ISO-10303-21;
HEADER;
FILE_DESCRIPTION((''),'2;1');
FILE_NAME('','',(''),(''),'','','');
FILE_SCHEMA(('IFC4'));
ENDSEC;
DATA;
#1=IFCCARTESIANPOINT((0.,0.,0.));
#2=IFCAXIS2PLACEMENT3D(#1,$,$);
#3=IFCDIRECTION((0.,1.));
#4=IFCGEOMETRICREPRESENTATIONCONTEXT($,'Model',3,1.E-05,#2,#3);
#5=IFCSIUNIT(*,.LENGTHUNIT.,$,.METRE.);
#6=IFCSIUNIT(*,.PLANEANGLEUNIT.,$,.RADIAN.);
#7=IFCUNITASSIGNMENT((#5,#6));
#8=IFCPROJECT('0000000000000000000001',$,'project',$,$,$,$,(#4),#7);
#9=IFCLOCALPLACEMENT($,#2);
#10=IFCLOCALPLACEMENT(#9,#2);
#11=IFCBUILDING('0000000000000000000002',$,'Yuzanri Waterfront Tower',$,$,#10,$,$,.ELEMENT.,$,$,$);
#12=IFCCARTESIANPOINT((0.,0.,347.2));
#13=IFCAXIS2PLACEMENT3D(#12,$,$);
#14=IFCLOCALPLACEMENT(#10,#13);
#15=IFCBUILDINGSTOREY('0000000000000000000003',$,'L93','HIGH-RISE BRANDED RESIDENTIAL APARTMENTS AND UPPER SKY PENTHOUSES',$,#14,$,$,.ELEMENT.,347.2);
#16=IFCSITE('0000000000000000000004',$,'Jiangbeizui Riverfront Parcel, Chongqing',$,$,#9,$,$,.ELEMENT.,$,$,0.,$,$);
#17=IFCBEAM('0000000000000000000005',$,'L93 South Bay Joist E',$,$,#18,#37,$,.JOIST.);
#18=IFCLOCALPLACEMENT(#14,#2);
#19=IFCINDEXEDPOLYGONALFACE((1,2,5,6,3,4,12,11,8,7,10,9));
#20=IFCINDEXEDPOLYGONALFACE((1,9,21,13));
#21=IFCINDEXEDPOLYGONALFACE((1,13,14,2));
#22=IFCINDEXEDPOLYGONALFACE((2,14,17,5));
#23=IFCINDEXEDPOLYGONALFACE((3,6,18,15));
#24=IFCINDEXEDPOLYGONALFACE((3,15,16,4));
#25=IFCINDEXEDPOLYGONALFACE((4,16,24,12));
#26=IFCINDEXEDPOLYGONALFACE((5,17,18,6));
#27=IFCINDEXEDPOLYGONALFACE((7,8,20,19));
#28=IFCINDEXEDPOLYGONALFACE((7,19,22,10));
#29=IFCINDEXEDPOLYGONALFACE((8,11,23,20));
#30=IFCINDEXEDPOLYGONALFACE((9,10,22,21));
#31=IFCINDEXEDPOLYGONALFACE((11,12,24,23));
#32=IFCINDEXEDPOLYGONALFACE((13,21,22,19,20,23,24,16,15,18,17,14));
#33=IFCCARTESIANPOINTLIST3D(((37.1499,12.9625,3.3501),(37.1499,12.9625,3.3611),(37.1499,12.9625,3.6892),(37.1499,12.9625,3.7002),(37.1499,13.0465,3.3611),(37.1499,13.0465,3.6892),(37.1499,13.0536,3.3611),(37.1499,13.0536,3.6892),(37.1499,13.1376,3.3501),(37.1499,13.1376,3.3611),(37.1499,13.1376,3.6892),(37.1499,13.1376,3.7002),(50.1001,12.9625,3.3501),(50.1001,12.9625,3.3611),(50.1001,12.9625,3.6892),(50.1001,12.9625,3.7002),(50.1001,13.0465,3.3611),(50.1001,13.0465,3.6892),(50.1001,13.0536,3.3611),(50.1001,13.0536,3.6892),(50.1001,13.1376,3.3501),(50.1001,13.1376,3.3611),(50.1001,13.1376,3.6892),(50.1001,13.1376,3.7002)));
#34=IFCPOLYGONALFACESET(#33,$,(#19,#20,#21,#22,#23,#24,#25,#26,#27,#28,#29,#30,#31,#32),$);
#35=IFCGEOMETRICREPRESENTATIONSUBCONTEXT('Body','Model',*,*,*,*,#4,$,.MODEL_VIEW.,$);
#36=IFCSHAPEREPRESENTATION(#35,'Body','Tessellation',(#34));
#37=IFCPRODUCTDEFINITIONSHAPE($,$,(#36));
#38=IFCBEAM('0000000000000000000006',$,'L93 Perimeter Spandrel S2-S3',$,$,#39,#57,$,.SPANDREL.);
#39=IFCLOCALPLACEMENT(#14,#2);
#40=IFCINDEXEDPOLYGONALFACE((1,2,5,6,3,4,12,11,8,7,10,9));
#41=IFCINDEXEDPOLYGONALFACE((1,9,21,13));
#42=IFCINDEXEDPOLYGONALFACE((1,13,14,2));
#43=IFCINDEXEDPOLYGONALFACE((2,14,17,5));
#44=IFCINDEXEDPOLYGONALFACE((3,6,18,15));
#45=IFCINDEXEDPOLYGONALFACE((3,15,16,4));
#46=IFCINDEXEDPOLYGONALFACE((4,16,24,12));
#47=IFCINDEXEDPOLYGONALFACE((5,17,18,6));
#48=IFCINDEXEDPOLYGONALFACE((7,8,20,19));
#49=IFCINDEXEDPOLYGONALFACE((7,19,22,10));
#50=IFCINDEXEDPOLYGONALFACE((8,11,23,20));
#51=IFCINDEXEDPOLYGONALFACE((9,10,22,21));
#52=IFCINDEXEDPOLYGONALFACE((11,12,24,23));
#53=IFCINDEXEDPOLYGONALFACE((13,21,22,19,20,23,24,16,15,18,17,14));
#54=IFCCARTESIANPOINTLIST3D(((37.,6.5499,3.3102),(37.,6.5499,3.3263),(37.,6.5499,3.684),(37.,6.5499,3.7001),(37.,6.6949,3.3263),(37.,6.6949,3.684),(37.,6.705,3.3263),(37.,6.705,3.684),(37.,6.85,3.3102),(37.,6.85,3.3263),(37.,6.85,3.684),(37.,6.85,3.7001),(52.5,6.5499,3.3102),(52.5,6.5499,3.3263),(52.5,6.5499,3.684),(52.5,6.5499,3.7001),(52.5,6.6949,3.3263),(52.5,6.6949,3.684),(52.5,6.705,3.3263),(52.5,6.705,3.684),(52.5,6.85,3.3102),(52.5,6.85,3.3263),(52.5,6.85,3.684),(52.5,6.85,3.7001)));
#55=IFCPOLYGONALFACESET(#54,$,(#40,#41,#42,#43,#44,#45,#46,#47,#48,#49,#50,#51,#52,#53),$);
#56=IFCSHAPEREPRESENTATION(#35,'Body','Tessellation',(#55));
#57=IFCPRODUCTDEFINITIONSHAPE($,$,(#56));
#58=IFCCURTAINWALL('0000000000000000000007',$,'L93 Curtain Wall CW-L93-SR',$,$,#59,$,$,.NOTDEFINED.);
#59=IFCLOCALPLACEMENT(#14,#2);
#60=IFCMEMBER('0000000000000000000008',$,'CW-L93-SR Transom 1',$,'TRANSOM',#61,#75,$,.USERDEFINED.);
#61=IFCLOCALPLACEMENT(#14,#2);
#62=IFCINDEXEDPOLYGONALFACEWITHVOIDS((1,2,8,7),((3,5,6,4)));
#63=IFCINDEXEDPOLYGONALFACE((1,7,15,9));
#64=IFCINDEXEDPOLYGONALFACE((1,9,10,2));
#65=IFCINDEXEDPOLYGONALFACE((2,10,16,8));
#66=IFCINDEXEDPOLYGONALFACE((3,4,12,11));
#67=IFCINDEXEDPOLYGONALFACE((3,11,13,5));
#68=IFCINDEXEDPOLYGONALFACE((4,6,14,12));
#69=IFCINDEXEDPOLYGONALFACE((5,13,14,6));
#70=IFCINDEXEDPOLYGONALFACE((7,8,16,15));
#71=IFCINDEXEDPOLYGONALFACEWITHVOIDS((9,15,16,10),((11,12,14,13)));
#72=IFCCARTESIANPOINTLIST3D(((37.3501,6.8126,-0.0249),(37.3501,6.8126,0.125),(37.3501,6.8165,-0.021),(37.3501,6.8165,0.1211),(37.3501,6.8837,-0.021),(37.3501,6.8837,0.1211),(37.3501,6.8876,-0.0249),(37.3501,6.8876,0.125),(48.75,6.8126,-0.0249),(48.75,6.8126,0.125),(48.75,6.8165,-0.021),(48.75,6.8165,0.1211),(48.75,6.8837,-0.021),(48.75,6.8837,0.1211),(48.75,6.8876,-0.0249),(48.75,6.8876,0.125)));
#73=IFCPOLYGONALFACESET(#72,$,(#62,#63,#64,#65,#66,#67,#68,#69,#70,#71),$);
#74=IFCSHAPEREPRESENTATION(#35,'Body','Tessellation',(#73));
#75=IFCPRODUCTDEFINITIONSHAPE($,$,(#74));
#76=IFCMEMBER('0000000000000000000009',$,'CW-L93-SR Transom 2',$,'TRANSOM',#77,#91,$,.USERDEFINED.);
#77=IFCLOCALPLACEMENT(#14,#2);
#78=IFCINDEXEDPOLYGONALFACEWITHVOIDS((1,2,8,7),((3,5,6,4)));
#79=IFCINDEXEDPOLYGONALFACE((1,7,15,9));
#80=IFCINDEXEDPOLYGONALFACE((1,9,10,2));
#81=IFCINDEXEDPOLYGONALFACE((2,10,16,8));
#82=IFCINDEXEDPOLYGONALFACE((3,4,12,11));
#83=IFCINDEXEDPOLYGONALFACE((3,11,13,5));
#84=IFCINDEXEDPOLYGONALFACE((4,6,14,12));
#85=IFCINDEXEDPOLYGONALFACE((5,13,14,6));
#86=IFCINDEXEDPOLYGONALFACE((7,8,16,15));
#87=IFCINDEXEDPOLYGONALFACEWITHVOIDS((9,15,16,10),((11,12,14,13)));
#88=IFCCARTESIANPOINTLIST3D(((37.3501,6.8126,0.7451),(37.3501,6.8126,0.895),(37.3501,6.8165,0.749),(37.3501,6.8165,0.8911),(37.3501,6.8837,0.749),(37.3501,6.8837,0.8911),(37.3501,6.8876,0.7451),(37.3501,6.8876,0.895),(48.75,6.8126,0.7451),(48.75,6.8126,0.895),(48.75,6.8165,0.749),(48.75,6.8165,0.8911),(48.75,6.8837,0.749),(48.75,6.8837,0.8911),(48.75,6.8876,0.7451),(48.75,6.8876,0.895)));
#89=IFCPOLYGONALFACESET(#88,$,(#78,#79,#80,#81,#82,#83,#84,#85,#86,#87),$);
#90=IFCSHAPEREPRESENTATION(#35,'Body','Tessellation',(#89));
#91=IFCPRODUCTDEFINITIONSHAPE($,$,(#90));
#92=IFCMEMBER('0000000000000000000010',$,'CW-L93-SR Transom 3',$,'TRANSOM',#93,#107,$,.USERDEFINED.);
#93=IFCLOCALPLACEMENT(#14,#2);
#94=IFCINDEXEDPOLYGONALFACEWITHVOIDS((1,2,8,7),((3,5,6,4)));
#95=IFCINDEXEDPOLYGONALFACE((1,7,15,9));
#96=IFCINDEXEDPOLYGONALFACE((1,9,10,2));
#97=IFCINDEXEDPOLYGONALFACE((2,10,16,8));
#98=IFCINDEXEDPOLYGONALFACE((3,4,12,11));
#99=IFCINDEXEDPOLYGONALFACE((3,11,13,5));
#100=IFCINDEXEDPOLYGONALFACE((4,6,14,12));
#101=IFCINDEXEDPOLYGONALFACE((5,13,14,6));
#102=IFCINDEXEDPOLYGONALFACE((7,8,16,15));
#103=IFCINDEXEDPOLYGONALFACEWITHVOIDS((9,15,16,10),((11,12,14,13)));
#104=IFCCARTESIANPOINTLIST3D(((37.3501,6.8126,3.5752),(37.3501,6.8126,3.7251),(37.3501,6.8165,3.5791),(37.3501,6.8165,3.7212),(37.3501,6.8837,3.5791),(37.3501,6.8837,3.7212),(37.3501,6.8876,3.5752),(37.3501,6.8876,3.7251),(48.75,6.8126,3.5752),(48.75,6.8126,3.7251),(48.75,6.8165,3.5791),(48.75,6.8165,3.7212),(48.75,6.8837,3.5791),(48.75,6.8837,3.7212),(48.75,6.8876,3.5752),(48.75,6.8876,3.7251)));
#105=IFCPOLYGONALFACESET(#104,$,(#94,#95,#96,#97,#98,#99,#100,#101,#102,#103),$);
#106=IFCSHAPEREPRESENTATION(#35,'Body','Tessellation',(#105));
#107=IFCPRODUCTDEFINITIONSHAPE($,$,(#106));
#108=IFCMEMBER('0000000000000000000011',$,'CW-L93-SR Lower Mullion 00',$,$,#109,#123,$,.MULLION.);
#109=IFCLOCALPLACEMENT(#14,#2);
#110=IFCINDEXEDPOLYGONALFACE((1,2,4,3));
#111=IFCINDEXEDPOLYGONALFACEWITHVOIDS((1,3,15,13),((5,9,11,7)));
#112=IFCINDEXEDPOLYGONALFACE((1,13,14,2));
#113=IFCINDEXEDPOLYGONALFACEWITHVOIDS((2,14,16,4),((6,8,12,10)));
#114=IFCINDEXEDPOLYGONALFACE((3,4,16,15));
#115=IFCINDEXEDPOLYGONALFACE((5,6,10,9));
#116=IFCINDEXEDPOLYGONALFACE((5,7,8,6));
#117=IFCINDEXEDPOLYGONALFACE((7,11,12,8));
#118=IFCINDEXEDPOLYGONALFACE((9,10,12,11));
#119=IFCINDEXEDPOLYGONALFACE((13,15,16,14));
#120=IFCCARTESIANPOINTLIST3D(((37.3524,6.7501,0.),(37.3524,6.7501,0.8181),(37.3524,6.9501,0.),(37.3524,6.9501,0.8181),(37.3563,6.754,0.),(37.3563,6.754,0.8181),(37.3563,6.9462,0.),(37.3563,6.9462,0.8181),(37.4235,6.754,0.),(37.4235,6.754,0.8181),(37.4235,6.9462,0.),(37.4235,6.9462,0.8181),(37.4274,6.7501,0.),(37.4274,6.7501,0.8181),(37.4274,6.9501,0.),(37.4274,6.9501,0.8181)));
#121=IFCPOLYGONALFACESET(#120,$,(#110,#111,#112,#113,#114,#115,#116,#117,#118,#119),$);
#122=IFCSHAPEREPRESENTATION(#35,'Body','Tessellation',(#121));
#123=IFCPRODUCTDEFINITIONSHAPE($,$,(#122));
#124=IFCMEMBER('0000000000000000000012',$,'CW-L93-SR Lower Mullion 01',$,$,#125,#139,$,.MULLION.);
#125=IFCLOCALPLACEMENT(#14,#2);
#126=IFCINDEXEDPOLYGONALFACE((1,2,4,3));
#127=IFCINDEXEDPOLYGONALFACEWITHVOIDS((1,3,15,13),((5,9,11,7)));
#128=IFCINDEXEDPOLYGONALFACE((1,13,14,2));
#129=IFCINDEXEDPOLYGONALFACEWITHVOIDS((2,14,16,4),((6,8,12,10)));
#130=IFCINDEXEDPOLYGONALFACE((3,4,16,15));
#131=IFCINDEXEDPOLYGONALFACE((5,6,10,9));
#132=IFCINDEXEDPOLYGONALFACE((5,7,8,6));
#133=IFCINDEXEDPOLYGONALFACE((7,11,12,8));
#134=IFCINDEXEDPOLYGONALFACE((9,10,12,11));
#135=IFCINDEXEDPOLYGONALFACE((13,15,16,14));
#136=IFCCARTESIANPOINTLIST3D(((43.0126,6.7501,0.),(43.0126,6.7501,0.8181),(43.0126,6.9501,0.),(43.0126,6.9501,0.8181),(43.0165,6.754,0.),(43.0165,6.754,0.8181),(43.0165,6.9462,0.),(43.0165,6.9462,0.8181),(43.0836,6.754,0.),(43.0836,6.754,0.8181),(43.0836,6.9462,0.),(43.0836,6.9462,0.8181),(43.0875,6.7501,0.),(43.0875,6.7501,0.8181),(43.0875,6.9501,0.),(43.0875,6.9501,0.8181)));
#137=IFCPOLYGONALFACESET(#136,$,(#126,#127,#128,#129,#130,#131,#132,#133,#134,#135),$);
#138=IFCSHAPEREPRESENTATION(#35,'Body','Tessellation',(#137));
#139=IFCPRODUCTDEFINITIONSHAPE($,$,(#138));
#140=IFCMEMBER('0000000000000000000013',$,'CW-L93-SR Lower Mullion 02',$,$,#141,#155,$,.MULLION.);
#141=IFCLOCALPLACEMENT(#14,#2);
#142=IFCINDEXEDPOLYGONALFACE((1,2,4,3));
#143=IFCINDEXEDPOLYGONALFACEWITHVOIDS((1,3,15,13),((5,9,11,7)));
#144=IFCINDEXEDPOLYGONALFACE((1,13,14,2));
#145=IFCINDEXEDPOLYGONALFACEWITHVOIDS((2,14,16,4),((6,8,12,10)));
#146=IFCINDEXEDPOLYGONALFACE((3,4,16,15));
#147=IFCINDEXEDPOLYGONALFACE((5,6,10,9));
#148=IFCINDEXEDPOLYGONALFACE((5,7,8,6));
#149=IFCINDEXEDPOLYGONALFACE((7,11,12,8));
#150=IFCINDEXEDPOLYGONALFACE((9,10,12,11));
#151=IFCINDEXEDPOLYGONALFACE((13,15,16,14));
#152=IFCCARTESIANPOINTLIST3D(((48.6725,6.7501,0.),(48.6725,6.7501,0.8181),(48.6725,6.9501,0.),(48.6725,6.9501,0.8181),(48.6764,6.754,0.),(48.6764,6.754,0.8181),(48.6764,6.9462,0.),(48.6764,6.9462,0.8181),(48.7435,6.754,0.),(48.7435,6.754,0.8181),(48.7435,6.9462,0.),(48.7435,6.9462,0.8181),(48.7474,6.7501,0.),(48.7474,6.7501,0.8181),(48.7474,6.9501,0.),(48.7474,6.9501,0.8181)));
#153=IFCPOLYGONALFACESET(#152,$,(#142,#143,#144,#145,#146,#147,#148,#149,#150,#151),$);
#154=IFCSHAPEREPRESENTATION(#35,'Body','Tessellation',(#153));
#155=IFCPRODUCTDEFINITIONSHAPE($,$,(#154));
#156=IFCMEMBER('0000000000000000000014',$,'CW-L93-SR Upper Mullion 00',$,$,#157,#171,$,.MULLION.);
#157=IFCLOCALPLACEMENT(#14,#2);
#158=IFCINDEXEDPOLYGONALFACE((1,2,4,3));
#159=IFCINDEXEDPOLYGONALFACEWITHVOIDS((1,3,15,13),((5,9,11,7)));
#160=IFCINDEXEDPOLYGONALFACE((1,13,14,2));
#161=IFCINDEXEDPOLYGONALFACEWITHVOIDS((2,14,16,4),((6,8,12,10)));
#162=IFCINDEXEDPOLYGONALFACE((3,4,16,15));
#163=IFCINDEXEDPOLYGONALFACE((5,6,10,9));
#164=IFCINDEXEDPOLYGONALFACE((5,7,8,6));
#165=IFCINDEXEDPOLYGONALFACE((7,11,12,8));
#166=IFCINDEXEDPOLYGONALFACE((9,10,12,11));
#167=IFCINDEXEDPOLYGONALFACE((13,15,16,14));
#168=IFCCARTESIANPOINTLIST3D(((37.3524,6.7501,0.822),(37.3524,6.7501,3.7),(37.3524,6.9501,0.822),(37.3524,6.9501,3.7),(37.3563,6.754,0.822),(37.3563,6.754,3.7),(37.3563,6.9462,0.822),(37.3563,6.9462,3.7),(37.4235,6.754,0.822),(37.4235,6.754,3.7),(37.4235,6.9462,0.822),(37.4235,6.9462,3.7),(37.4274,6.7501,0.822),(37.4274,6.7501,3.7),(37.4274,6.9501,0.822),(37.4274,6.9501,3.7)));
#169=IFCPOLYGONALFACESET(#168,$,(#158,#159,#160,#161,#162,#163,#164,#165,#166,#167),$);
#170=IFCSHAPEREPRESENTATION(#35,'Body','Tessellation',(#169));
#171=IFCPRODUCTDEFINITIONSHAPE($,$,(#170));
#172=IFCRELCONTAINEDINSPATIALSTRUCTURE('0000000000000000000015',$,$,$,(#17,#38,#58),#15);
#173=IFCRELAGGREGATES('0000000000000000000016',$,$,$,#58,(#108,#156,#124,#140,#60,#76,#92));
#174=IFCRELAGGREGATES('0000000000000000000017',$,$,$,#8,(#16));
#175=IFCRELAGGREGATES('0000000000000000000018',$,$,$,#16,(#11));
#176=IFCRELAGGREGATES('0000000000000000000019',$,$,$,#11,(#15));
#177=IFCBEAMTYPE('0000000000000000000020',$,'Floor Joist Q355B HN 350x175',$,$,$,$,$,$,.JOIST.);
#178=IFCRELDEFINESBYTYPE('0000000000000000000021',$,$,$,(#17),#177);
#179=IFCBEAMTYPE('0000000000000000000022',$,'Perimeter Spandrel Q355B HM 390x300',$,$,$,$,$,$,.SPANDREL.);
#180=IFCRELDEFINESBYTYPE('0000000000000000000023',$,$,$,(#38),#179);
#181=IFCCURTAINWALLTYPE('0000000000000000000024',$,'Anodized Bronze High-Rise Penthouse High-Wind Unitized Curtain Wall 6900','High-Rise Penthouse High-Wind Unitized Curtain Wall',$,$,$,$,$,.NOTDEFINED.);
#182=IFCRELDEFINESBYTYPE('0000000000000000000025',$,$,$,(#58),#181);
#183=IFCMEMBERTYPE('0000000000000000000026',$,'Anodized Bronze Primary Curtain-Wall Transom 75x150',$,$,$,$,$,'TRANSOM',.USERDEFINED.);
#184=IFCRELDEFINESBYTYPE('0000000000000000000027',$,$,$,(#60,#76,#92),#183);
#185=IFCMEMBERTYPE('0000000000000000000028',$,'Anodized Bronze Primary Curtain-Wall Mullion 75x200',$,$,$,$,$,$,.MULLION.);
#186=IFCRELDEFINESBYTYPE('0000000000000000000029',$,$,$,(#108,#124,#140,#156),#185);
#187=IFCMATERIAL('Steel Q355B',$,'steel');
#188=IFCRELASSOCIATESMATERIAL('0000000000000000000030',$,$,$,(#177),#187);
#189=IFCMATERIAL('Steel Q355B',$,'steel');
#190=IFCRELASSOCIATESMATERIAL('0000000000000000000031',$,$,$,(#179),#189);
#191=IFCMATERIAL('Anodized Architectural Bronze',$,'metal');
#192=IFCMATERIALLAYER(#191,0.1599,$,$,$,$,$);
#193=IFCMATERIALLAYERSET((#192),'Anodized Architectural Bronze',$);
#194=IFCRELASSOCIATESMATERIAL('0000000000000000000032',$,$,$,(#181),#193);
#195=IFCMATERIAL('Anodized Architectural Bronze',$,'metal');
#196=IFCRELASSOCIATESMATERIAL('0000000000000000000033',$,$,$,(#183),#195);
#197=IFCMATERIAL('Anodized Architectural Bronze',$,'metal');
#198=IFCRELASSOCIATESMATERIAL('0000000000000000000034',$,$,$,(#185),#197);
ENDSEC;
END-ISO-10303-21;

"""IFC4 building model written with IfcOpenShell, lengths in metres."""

from ifc_helpers import new_model, si_unit, direction, frame, origin, origin_2d, place, context, subcontext, project, spatial, hollow_rectangle, i_section, extrude, source, transform, mapped, material, layer, layer_set, material_profile, profile_set, type_object, element, aggregate, save


model = new_model("IFC4")

# Units and contexts
model_context = context("Model", 3, precision=1e-05, world=origin(), true_north=direction((0.0, 1.0)))
body_context = subcontext(model_context, "Body", "Model", "MODEL_VIEW")
ifc_project = project(units=[si_unit("LENGTHUNIT", "METRE"), si_unit("PLANEANGLEUNIT", "RADIAN")], contexts=[model_context])

# Site, building, storey
site_placement = place(None, origin())
site = spatial("IfcSite", under=ifc_project, at=site_placement, Name="Jiangbeizui Riverfront Parcel, Chongqing", CompositionType="ELEMENT", RefElevation=0.0)
building_placement = place(site_placement, origin())
building = spatial("IfcBuilding", under=site, at=building_placement, Name="Yuzanri Waterfront Tower", CompositionType="ELEMENT")
storey_placement = place(building_placement, frame((0.0, 0.0, 347.2)))
storey = spatial("IfcBuildingStorey", under=building, at=storey_placement, Name="L93", Description="HIGH-RISE BRANDED RESIDENTIAL APARTMENTS AND UPPER SKY PENTHOUSES", CompositionType="ELEMENT", Elevation=347.2)

# Beams
ifc_material_1 = material(Name="Steel Q355B", Category="steel")
ifc_material_profile_1 = material_profile(ifc_material_1, i_section(OverallWidth=0.175, OverallDepth=0.3501, WebThickness=0.0071, FlangeThickness=0.011, at=origin_2d()), Name="HN 350x175x7x11")
ifc_profile_set_1 = profile_set([ifc_material_profile_1], Name="Steel Q355B")
beam_type_1 = type_object("IfcBeamType", Name="Floor Joist Q355B HN 350x175", PredefinedType="JOIST", material=ifc_profile_set_1)
shared_shape_1 = source(origin(), body_context, "Body", "SweptSolid", [
    extrude(i_section(OverallWidth=0.175, OverallDepth=0.3501, WebThickness=0.0071, FlangeThickness=0.011, at=origin_2d()), origin(), (0.0, 0.0, 1.0), 12.9502),
])
beam_1_placement = place(storey_placement, frame((37.1499, 13.05, 3.5251), z_axis=(1.0, 0.0, 0.0), x_axis=(0.0, 1.0, 0.0)))
element("IfcBeam", 1, at=beam_1_placement, inside=storey, type_object=beam_type_1, Name="L93 South Bay Joist E", PredefinedType="JOIST", context=body_context, shape_type="MappedRepresentation", body=[
    mapped(shared_shape_1, transform((0.0, 0.0, 0.0), scale=1.0)),
])
ifc_material_2 = material(Name="Steel Q355B", Category="steel")
ifc_material_profile_2 = material_profile(ifc_material_2, i_section(OverallWidth=0.3, OverallDepth=0.3899, WebThickness=0.01, FlangeThickness=0.0161, at=origin_2d()), Name="HM 390x300x10x16")
ifc_profile_set_2 = profile_set([ifc_material_profile_2], Name="Steel Q355B")
beam_type_2 = type_object("IfcBeamType", Name="Perimeter Spandrel Q355B HM 390x300", PredefinedType="SPANDREL", material=ifc_profile_set_2)
shared_shape_2 = source(origin(), body_context, "Body", "SweptSolid", [
    extrude(i_section(OverallWidth=0.3, OverallDepth=0.3899, WebThickness=0.01, FlangeThickness=0.0161, at=origin_2d()), origin(), (0.0, 0.0, 1.0), 15.5),
])
beam_2_placement = place(storey_placement, frame((37.0, 6.7, 3.5051), z_axis=(1.0, 0.0, 0.0), x_axis=(0.0, 1.0, 0.0)))
element("IfcBeam", 2, at=beam_2_placement, inside=storey, type_object=beam_type_2, Name="L93 Perimeter Spandrel S2-S3", PredefinedType="SPANDREL", context=body_context, shape_type="MappedRepresentation", body=[
    mapped(shared_shape_2, transform((0.0, 0.0, 0.0), scale=1.0)),
])

# Curtain wall, members
ifc_material_3 = material(Name="Anodized Architectural Bronze", Category="metal")
ifc_layer_1 = layer(ifc_material_3, 0.1599)
ifc_layer_set_1 = layer_set([ifc_layer_1], Name="Anodized Architectural Bronze")
curtain_wall_type = type_object("IfcCurtainWallType", Name="Anodized Bronze High-Rise Penthouse High-Wind Unitized Curtain Wall 6900", Description="High-Rise Penthouse High-Wind Unitized Curtain Wall", PredefinedType="NOTDEFINED", material=ifc_layer_set_1)
curtain_wall_placement = place(storey_placement, origin())
curtain_wall = element("IfcCurtainWall", 3, at=curtain_wall_placement, inside=storey, type_object=curtain_wall_type, Name="L93 Curtain Wall CW-L93-SR", PredefinedType="NOTDEFINED")
ifc_material_4 = material(Name="Anodized Architectural Bronze", Category="metal")
ifc_material_profile_3 = material_profile(ifc_material_4, hollow_rectangle(XDim=0.075, YDim=0.1499, WallThickness=0.0039, at=origin_2d()), Name="CWT 75x150")
ifc_profile_set_3 = profile_set([ifc_material_profile_3], Name="Anodized Architectural Bronze")
member_type_1 = type_object("IfcMemberType", Name="Anodized Bronze Primary Curtain-Wall Transom 75x150", ElementType="TRANSOM", PredefinedType="USERDEFINED", material=ifc_profile_set_3)
shared_shape_3 = source(origin(), body_context, "Body", "SweptSolid", [
    extrude(hollow_rectangle(XDim=0.075, YDim=0.1499, WallThickness=0.0039, at=origin_2d()), origin(), (0.0, 0.0, 1.0), 11.3999),
])
member_1_placement = place(storey_placement, frame((37.3501, 6.8501, 0.05), z_axis=(1.0, 0.0, 0.0), x_axis=(0.0, 1.0, 0.0)))
member_1 = element("IfcMember", 4, at=member_1_placement, type_object=member_type_1, Name="CW-L93-SR Transom 1", ObjectType="TRANSOM", PredefinedType="USERDEFINED", context=body_context, shape_type="MappedRepresentation", body=[
    mapped(shared_shape_3, transform((0.0, 0.0, 0.0), scale=1.0)),
])
member_2_placement = place(storey_placement, frame((37.3501, 6.8501, 0.8201), z_axis=(1.0, 0.0, 0.0), x_axis=(0.0, 1.0, 0.0)))
member_2 = element("IfcMember", 5, at=member_2_placement, type_object=member_type_1, Name="CW-L93-SR Transom 2", ObjectType="TRANSOM", PredefinedType="USERDEFINED", context=body_context, shape_type="MappedRepresentation", body=[
    mapped(shared_shape_3, transform((0.0, 0.0, 0.0), scale=1.0)),
])
member_3_placement = place(storey_placement, frame((37.3501, 6.8501, 3.6501), z_axis=(1.0, 0.0, 0.0), x_axis=(0.0, 1.0, 0.0)))
member_3 = element("IfcMember", 6, at=member_3_placement, type_object=member_type_1, Name="CW-L93-SR Transom 3", ObjectType="TRANSOM", PredefinedType="USERDEFINED", context=body_context, shape_type="MappedRepresentation", body=[
    mapped(shared_shape_3, transform((0.0, 0.0, 0.0), scale=1.0)),
])
ifc_material_5 = material(Name="Anodized Architectural Bronze", Category="metal")
ifc_material_profile_4 = material_profile(ifc_material_5, hollow_rectangle(XDim=0.075, YDim=0.2, WallThickness=0.0039, at=origin_2d()), Name="CWM 75x200")
ifc_profile_set_4 = profile_set([ifc_material_profile_4], Name="Anodized Architectural Bronze")
member_type_2 = type_object("IfcMemberType", Name="Anodized Bronze Primary Curtain-Wall Mullion 75x200", PredefinedType="MULLION", material=ifc_profile_set_4)
shared_shape_4 = source(origin(), body_context, "Body", "SweptSolid", [
    extrude(hollow_rectangle(XDim=0.075, YDim=0.2, WallThickness=0.0039, at=origin_2d()), origin(), (0.0, 0.0, 1.0), 0.8181),
])
member_4_placement = place(storey_placement, frame((37.3899, 6.8501, 0.0), z_axis=(0.0, 0.0, 1.0), x_axis=(1.0, 0.0, 0.0)))
member_4 = element("IfcMember", 7, at=member_4_placement, type_object=member_type_2, Name="CW-L93-SR Lower Mullion 00", PredefinedType="MULLION", context=body_context, shape_type="MappedRepresentation", body=[
    mapped(shared_shape_4, transform((0.0, 0.0, 0.0), scale=1.0)),
])
member_5_placement = place(storey_placement, frame((43.05, 6.8501, 0.0), z_axis=(0.0, 0.0, 1.0), x_axis=(1.0, 0.0, 0.0)))
member_5 = element("IfcMember", 8, at=member_5_placement, type_object=member_type_2, Name="CW-L93-SR Lower Mullion 01", PredefinedType="MULLION", context=body_context, shape_type="MappedRepresentation", body=[
    mapped(shared_shape_4, transform((0.0, 0.0, 0.0), scale=1.0)),
])
member_6_placement = place(storey_placement, frame((48.71, 6.8501, 0.0), z_axis=(0.0, 0.0, 1.0), x_axis=(1.0, 0.0, 0.0)))
member_6 = element("IfcMember", 9, at=member_6_placement, type_object=member_type_2, Name="CW-L93-SR Lower Mullion 02", PredefinedType="MULLION", context=body_context, shape_type="MappedRepresentation", body=[
    mapped(shared_shape_4, transform((0.0, 0.0, 0.0), scale=1.0)),
])
shared_shape_5 = source(origin(), body_context, "Body", "SweptSolid", [
    extrude(hollow_rectangle(XDim=0.075, YDim=0.2, WallThickness=0.0039, at=origin_2d()), origin(), (0.0, 0.0, 1.0), 2.8779),
])
member_7_placement = place(storey_placement, frame((37.3899, 6.8501, 0.822), z_axis=(0.0, 0.0, 1.0), x_axis=(1.0, 0.0, 0.0)))
member_7 = element("IfcMember", 10, at=member_7_placement, type_object=member_type_2, Name="CW-L93-SR Upper Mullion 00", PredefinedType="MULLION", context=body_context, shape_type="MappedRepresentation", body=[
    mapped(shared_shape_5, transform((0.0, 0.0, 0.0), scale=1.0)),
])

aggregate(curtain_wall, [member_4, member_7, member_5, member_6, member_1, member_2, member_3])

save(model, "model.ifc")
